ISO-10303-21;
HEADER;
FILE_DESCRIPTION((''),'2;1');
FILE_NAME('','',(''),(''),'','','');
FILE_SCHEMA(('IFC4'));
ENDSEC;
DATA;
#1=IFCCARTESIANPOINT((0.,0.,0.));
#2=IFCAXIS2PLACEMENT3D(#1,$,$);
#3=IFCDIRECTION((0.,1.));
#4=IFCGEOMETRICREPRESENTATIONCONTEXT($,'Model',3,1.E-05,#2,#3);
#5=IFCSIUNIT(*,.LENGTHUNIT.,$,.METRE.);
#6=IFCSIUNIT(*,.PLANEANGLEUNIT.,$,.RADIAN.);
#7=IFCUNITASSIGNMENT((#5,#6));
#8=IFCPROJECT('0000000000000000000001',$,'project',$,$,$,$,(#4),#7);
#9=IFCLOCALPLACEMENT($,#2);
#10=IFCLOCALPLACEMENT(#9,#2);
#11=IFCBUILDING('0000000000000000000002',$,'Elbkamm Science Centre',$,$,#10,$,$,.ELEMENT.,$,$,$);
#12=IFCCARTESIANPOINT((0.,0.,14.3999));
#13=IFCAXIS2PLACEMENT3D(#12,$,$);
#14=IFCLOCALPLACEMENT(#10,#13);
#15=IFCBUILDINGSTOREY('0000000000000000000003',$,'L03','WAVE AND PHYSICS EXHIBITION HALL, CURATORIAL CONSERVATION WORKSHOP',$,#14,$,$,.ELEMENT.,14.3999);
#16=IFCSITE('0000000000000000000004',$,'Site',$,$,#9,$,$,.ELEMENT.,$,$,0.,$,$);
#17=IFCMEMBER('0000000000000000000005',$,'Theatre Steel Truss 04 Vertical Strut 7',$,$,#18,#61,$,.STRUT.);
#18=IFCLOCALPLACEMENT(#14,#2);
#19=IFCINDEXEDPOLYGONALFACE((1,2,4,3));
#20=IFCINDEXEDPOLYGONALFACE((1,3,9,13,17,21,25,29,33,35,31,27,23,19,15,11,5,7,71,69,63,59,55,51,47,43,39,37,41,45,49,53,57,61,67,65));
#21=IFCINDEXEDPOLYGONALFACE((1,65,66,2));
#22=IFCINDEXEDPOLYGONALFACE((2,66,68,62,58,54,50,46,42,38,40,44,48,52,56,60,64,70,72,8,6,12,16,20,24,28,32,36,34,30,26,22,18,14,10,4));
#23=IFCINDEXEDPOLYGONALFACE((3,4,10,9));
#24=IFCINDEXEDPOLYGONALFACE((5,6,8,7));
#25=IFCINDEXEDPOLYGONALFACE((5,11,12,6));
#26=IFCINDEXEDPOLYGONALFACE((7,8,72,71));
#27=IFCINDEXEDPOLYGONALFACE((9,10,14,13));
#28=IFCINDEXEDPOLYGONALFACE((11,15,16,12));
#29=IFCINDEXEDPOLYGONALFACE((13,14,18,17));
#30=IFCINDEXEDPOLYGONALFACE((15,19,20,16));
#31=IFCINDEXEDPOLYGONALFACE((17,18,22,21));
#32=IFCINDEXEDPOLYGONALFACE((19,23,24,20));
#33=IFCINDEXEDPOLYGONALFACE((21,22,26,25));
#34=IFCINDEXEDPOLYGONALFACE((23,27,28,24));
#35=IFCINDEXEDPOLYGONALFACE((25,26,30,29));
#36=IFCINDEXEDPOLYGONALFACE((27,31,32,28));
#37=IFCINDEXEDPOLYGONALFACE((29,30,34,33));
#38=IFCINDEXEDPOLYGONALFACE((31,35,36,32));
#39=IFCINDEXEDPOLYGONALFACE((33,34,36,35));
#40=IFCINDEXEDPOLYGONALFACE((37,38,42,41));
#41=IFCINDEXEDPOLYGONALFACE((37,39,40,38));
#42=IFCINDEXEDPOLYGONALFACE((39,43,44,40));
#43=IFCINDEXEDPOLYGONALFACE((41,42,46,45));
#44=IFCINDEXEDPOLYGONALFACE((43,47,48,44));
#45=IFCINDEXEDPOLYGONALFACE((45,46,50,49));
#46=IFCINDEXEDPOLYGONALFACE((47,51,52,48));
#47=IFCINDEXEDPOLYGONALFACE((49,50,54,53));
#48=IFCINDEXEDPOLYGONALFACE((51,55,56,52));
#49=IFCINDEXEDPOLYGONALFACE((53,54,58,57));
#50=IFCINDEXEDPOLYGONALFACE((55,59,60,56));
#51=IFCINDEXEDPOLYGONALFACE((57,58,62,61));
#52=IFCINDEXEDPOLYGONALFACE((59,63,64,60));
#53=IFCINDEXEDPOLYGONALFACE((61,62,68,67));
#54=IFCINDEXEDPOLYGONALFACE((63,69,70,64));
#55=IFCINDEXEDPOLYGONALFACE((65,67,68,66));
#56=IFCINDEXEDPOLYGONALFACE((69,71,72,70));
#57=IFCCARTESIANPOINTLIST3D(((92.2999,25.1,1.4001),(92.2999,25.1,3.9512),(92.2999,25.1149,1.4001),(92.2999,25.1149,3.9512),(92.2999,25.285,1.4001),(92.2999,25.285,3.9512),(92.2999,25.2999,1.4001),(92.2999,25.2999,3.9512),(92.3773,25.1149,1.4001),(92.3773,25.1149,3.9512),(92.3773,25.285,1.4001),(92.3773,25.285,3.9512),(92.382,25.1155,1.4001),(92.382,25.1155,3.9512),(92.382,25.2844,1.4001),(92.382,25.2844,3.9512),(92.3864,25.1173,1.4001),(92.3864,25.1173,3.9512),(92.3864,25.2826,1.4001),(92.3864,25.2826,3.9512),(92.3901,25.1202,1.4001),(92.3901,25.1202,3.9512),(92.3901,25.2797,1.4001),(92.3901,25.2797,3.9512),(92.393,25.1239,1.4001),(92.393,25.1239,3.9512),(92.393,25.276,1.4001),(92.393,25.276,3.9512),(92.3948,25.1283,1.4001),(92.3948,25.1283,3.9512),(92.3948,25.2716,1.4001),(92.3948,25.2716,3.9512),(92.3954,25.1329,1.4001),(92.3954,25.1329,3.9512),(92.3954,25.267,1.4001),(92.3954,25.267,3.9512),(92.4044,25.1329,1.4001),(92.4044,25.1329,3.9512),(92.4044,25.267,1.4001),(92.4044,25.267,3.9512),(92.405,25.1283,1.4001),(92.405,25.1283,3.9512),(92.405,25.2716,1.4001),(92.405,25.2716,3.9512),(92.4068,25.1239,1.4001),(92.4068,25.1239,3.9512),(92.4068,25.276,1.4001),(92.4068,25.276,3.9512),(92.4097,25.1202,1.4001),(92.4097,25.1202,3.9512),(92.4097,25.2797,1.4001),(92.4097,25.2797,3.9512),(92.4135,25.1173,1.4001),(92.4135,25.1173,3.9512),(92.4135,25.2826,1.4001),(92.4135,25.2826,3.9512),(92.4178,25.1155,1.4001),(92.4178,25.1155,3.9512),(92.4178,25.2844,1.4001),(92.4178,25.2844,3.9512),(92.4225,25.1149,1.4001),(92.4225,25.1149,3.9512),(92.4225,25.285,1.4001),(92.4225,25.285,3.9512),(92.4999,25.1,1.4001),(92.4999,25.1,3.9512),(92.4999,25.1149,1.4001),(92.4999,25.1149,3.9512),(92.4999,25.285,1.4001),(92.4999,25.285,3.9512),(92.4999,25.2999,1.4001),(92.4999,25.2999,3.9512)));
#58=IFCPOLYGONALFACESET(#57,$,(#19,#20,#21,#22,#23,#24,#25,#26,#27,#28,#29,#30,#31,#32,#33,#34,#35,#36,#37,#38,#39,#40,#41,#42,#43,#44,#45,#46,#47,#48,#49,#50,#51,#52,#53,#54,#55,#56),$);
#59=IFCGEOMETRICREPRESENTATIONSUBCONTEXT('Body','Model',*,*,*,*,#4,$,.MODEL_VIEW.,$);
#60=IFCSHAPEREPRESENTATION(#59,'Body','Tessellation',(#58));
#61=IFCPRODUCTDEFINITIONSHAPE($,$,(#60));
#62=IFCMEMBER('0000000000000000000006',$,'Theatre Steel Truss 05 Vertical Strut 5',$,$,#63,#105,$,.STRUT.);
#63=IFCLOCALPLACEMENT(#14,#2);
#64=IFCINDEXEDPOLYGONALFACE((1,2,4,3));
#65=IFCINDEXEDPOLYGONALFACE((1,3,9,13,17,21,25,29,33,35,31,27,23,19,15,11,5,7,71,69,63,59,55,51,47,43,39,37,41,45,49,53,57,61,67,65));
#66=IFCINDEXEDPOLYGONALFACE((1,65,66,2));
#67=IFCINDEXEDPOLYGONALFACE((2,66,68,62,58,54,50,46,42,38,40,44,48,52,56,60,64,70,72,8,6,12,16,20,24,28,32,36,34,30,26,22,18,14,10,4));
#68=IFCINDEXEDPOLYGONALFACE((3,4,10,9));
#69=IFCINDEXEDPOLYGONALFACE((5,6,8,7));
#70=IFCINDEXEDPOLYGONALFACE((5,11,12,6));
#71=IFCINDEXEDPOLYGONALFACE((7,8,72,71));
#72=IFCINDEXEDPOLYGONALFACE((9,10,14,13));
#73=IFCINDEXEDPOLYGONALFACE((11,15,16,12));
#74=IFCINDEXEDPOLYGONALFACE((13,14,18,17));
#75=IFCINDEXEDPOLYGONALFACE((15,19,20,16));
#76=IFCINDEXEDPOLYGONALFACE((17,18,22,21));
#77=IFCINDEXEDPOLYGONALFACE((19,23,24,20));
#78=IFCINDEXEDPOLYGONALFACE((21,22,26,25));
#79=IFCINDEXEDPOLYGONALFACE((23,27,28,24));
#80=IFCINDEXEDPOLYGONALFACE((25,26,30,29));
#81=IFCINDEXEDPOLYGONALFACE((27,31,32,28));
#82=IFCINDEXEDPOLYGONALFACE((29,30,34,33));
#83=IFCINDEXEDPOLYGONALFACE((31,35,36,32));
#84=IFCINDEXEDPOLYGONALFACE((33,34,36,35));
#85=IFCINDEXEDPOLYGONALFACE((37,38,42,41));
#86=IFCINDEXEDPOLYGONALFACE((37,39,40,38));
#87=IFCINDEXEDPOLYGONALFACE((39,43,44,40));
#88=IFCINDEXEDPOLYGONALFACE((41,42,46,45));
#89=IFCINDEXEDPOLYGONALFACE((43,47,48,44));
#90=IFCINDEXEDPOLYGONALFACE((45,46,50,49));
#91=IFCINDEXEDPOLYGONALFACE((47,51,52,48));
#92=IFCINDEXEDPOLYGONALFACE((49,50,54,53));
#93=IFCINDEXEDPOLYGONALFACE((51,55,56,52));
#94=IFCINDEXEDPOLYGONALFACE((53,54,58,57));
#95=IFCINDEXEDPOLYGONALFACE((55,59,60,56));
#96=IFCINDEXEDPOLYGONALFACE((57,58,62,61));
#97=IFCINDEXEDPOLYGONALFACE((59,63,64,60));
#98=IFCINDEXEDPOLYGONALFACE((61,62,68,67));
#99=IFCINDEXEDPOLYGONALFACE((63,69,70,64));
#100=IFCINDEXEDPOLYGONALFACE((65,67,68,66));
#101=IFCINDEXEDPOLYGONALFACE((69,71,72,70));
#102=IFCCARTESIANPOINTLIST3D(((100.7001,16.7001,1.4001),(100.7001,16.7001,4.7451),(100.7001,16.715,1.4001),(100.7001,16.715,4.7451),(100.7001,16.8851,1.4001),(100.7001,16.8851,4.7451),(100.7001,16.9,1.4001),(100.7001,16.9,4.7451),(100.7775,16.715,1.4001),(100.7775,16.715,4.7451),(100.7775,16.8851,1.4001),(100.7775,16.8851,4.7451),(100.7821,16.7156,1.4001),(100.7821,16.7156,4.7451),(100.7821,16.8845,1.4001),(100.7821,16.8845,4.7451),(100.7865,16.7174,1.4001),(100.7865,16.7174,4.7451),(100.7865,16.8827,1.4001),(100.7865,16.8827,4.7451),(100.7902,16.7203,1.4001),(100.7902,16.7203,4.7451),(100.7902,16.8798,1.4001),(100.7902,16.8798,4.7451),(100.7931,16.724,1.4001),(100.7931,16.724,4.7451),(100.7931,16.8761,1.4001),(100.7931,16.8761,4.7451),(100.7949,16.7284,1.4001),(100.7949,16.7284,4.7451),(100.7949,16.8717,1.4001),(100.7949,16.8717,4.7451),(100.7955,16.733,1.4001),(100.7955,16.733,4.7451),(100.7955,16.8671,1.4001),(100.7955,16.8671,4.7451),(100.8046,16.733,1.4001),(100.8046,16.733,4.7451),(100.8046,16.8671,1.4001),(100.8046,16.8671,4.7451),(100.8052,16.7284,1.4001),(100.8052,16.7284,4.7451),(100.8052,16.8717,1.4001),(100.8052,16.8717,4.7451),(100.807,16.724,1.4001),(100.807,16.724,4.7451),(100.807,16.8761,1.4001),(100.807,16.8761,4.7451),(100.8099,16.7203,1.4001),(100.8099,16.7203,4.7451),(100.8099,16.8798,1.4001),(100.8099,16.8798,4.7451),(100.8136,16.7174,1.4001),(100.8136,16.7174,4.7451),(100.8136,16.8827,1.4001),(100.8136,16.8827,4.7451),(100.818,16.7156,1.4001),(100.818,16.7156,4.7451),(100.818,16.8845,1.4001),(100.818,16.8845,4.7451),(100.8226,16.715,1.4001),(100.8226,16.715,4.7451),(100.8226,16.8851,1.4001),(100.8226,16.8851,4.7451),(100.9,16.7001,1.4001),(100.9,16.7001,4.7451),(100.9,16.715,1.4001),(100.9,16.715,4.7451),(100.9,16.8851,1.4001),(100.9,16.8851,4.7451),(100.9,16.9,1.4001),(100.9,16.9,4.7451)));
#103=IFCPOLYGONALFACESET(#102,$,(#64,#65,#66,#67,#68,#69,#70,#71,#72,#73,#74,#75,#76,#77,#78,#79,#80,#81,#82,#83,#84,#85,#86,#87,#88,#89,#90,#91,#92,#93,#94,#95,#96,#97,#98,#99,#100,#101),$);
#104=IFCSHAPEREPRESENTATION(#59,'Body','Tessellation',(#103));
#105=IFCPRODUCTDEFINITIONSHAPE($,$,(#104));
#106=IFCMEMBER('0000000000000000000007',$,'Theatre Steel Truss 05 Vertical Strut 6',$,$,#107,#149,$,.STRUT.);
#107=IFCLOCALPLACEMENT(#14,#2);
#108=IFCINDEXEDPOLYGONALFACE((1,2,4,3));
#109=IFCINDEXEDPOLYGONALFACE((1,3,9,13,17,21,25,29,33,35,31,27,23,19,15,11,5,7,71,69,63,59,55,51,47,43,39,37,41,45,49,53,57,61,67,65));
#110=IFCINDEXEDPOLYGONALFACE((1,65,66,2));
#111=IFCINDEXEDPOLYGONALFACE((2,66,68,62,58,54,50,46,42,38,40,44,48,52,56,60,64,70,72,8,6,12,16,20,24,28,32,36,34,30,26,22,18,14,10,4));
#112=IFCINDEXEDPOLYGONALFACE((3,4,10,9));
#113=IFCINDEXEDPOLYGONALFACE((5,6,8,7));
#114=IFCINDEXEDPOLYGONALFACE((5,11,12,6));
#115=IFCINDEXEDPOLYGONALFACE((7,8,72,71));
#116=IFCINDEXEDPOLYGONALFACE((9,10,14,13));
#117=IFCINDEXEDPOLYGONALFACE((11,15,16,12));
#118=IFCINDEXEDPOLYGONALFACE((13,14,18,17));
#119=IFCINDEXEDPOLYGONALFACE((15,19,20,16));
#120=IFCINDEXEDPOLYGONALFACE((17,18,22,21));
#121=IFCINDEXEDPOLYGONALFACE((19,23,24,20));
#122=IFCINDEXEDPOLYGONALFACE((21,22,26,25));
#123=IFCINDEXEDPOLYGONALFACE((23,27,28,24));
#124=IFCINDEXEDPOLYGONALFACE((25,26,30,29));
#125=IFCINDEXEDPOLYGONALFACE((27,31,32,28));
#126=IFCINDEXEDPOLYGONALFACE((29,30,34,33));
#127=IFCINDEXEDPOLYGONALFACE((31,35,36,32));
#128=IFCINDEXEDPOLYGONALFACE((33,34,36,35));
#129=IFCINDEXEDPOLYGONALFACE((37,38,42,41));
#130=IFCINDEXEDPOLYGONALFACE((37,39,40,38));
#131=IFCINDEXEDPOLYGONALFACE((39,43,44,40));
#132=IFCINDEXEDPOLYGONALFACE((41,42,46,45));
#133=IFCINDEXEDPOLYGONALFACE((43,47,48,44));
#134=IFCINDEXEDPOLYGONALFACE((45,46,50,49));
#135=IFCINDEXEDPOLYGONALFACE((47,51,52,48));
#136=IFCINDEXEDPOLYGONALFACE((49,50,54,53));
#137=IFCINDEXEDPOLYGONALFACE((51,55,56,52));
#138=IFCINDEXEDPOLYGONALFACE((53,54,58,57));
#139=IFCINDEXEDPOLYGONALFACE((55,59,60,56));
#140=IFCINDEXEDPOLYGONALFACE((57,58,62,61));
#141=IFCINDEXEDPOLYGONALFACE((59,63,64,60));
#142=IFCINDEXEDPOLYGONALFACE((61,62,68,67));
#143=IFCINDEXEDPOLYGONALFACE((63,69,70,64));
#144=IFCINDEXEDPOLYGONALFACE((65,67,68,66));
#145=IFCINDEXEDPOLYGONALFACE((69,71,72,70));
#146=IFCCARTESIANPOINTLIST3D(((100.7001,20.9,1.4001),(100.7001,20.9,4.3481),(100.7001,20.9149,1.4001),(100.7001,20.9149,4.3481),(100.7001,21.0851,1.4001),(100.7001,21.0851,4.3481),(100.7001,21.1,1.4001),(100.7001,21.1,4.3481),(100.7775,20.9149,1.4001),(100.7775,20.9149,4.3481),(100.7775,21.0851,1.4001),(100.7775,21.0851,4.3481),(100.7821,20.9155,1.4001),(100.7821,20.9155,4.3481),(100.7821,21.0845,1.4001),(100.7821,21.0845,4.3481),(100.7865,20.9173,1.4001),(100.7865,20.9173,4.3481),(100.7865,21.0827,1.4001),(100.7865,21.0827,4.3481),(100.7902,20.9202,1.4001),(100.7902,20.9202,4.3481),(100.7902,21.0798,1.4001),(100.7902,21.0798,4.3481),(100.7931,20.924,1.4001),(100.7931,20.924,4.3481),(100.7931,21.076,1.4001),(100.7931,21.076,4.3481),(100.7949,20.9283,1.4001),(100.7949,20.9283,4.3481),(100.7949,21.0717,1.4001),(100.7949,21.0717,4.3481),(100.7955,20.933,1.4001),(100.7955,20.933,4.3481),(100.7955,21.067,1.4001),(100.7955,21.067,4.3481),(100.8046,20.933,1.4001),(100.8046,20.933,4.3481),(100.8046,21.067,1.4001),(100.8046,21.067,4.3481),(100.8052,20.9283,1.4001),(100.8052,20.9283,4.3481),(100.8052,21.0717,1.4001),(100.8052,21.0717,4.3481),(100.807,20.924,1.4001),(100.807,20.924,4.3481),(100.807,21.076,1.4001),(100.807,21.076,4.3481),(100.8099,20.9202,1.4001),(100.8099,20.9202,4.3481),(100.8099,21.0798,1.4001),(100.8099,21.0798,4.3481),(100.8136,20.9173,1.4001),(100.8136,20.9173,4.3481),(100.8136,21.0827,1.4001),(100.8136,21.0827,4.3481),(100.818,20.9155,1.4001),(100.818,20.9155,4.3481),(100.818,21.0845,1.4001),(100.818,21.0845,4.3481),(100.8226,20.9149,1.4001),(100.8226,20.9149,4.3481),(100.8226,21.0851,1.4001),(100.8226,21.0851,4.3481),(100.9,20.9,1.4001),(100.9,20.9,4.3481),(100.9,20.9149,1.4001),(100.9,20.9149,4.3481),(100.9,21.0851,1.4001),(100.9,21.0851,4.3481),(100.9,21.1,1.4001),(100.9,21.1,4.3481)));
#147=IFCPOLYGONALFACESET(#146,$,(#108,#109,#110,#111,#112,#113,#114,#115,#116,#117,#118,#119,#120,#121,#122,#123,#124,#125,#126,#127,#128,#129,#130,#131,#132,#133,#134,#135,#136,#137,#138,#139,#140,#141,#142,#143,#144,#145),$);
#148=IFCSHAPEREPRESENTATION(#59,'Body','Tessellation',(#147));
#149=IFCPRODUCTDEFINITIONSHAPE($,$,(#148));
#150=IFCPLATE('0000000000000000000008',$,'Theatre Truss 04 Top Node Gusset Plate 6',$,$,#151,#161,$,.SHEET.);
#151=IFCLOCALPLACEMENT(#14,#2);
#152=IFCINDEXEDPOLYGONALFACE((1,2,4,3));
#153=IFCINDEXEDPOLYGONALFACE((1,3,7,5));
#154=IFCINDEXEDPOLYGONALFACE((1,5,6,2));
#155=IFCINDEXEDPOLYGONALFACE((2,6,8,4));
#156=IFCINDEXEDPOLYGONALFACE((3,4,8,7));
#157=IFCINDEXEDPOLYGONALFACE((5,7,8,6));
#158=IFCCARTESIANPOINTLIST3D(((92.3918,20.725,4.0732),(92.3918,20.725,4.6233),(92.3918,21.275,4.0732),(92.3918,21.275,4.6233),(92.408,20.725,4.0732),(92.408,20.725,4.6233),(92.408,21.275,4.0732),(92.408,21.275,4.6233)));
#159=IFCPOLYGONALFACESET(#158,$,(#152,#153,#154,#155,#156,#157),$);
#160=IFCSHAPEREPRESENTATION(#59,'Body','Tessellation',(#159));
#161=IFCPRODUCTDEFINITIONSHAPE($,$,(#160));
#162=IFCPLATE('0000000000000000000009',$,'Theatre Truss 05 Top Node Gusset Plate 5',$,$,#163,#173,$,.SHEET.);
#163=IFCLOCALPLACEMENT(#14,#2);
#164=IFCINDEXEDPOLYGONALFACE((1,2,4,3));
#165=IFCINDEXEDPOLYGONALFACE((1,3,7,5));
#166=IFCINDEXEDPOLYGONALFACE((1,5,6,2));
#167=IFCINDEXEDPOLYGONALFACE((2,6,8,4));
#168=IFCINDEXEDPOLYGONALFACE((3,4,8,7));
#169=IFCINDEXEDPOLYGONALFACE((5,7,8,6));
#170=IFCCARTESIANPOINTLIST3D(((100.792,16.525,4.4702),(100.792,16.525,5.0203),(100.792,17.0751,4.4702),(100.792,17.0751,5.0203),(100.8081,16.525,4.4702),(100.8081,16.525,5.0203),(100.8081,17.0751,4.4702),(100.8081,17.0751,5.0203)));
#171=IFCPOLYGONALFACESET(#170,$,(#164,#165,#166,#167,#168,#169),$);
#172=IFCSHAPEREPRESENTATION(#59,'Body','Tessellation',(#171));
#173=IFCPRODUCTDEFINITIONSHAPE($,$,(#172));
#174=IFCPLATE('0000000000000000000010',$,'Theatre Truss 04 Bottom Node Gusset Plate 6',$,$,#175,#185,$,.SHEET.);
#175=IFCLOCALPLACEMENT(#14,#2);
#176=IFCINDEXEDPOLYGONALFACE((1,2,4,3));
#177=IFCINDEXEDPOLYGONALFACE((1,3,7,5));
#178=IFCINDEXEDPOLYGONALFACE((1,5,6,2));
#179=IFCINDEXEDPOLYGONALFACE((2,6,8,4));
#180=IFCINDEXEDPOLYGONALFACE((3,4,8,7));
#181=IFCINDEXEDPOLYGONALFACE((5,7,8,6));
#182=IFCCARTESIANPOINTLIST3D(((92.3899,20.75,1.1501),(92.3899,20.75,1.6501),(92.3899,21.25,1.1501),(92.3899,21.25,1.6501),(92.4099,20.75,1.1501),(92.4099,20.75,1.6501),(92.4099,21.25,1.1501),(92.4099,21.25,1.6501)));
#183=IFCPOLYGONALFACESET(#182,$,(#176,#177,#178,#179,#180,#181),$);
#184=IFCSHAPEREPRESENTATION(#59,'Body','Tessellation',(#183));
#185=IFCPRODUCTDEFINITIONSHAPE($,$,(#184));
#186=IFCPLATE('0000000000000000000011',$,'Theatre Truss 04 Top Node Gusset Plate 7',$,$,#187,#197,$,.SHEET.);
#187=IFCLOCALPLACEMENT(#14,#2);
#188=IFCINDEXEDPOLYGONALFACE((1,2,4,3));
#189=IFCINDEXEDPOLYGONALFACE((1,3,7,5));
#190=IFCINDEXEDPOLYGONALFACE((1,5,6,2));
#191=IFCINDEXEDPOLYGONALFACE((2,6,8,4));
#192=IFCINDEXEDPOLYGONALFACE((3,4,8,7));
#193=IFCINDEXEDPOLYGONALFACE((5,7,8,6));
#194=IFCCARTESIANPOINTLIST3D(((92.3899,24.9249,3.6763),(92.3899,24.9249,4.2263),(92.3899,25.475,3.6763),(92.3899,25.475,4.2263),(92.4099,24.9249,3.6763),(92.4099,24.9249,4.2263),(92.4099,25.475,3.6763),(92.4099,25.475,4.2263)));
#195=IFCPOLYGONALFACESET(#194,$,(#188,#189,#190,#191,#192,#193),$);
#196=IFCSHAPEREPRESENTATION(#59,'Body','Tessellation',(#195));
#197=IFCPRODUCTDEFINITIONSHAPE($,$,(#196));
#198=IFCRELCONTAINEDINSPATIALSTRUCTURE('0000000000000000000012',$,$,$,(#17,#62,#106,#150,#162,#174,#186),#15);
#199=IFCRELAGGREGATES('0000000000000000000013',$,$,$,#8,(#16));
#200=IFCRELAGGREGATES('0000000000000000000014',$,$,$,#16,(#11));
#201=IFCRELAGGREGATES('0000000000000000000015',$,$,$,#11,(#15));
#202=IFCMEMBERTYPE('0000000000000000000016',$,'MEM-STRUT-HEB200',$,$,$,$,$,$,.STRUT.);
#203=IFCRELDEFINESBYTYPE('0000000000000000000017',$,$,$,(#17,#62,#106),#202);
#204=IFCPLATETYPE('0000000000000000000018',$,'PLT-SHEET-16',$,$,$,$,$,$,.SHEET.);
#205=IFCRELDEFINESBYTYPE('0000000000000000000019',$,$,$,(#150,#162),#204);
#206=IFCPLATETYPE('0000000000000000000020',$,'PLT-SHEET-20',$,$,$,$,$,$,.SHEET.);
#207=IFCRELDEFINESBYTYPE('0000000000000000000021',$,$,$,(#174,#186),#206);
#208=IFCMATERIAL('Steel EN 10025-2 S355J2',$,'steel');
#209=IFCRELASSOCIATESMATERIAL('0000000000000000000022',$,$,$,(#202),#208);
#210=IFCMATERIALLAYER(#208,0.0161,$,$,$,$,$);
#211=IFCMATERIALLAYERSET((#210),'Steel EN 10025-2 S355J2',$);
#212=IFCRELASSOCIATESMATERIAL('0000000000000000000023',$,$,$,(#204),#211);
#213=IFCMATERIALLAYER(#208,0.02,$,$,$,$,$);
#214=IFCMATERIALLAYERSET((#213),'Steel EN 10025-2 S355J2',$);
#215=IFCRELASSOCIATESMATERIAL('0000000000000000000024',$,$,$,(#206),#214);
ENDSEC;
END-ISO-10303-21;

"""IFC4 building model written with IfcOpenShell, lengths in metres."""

from ifc_helpers import new_model, si_unit, direction, frame, origin, origin_2d, place, context, subcontext, project, spatial, rectangle, i_section, extrude, material, layer, layer_set, material_profile, profile_set, type_object, element, save


model = new_model("IFC4")

# Units and contexts
model_context = context("Model", 3, precision=1e-05, world=origin(), true_north=direction((0.0, 1.0)))
body_context = subcontext(model_context, "Body", "Model", "MODEL_VIEW")
ifc_project = project(units=[si_unit("LENGTHUNIT", "METRE"), si_unit("PLANEANGLEUNIT", "RADIAN")], contexts=[model_context])

# Site, building, storey
site_placement = place(None, origin())
site = spatial("IfcSite", under=ifc_project, at=site_placement, Name="Site", CompositionType="ELEMENT", RefElevation=0.0)
building_placement = place(site_placement, origin())
building = spatial("IfcBuilding", under=site, at=building_placement, Name="Elbkamm Science Centre", CompositionType="ELEMENT")
storey_placement = place(building_placement, frame((0.0, 0.0, 14.3999)))
storey = spatial("IfcBuildingStorey", under=building, at=storey_placement, Name="L03", Description="WAVE AND PHYSICS EXHIBITION HALL, CURATORIAL CONSERVATION WORKSHOP", CompositionType="ELEMENT", Elevation=14.3999)

# Shared definitions
ifc_material_1 = material(Name="Steel EN 10025-2 S355J2", Category="steel")

# Members
ifc_material_profile_1 = material_profile(ifc_material_1, i_section(OverallWidth=0.2, OverallDepth=0.2, WebThickness=0.009, FlangeThickness=0.0149, FilletRadius=0.0181, at=origin_2d()), Name="HEB 200")
ifc_profile_set_1 = profile_set([ifc_material_profile_1], Name="Steel EN 10025-2 S355J2")
member_type_1 = type_object("IfcMemberType", Name="MEM-STRUT-HEB200", PredefinedType="STRUT", material=ifc_profile_set_1)
member_1_placement = place(storey_placement, frame((92.3999, 25.2, 1.4001), z_axis=(0.0, 0.0, 1.0), x_axis=(1.0, 0.0, 0.0)))
element("IfcMember", 1, at=member_1_placement, inside=storey, type_object=member_type_1, Name="Theatre Steel Truss 04 Vertical Strut 7", PredefinedType="STRUT", context=body_context, shape_type="SweptSolid", body=[
    extrude(i_section(OverallWidth=0.2, OverallDepth=0.2, WebThickness=0.009, FlangeThickness=0.0149, FilletRadius=0.0181, at=origin_2d()), origin(), (0.0, 0.0, 1.0), 2.551),
])
member_2_placement = place(storey_placement, frame((100.8, 16.8, 1.4001), z_axis=(0.0, 0.0, 1.0), x_axis=(1.0, 0.0, 0.0)))
element("IfcMember", 2, at=member_2_placement, inside=storey, type_object=member_type_1, Name="Theatre Steel Truss 05 Vertical Strut 5", PredefinedType="STRUT", context=body_context, shape_type="SweptSolid", body=[
    extrude(i_section(OverallWidth=0.2, OverallDepth=0.2, WebThickness=0.009, FlangeThickness=0.0149, FilletRadius=0.0181, at=origin_2d()), origin(), (0.0, 0.0, 1.0), 3.345),
])
member_3_placement = place(storey_placement, frame((100.8, 21.0, 1.4001), z_axis=(0.0, 0.0, 1.0), x_axis=(1.0, 0.0, 0.0)))
element("IfcMember", 3, at=member_3_placement, inside=storey, type_object=member_type_1, Name="Theatre Steel Truss 05 Vertical Strut 6", PredefinedType="STRUT", context=body_context, shape_type="SweptSolid", body=[
    extrude(i_section(OverallWidth=0.2, OverallDepth=0.2, WebThickness=0.009, FlangeThickness=0.0149, FilletRadius=0.0181, at=origin_2d()), origin(), (0.0, 0.0, 1.0), 2.948),
])

# Plates
ifc_layer_1 = layer(ifc_material_1, 0.0161)
ifc_layer_set_1 = layer_set([ifc_layer_1], Name="Steel EN 10025-2 S355J2")
plate_type_1 = type_object("IfcPlateType", Name="PLT-SHEET-16", PredefinedType="SHEET", material=ifc_layer_set_1)
for number, where, z_axis, x_axis, name in (
    (4, (92.3999, 21.0, 4.0732), (0.0, 0.0, 1.0), (1.0, 0.0, 0.0), "Theatre Truss 04 Top Node Gusset Plate 6"),
    (5, (100.8, 16.8, 4.4702), (0.0, 0.0, 1.0), (1.0, 0.0, 0.0), "Theatre Truss 05 Top Node Gusset Plate 5"),
):
    element("IfcPlate", number, at=place(storey_placement, frame(where, z_axis=z_axis, x_axis=x_axis)), inside=storey, type_object=plate_type_1, Name=name, PredefinedType="SHEET", context=body_context, shape_type="SweptSolid", body=[
        extrude(rectangle(XDim=0.0161, YDim=0.55, at=origin_2d()), origin(), (0.0, 0.0, 1.0), 0.55),
    ])
ifc_layer_2 = layer(ifc_material_1, 0.02)
ifc_layer_set_2 = layer_set([ifc_layer_2], Name="Steel EN 10025-2 S355J2")
plate_type_2 = type_object("IfcPlateType", Name="PLT-SHEET-20", PredefinedType="SHEET", material=ifc_layer_set_2)
plate_1_placement = place(storey_placement, frame((92.3999, 21.0, 1.1501), z_axis=(0.0, 0.0, 1.0), x_axis=(1.0, 0.0, 0.0)))
element("IfcPlate", 6, at=plate_1_placement, inside=storey, type_object=plate_type_2, Name="Theatre Truss 04 Bottom Node Gusset Plate 6", PredefinedType="SHEET", context=body_context, shape_type="SweptSolid", body=[
    extrude(rectangle(XDim=0.02, YDim=0.5, at=origin_2d()), origin(), (0.0, 0.0, 1.0), 0.5),
])
plate_2_placement = place(storey_placement, frame((92.3999, 25.2, 3.6763), z_axis=(0.0, 0.0, 1.0), x_axis=(1.0, 0.0, 0.0)))
element("IfcPlate", 7, at=plate_2_placement, inside=storey, type_object=plate_type_2, Name="Theatre Truss 04 Top Node Gusset Plate 7", PredefinedType="SHEET", context=body_context, shape_type="SweptSolid", body=[
    extrude(rectangle(XDim=0.02, YDim=0.55, at=origin_2d()), origin(), (0.0, 0.0, 1.0), 0.55),
])

save(model, "model.ifc")
